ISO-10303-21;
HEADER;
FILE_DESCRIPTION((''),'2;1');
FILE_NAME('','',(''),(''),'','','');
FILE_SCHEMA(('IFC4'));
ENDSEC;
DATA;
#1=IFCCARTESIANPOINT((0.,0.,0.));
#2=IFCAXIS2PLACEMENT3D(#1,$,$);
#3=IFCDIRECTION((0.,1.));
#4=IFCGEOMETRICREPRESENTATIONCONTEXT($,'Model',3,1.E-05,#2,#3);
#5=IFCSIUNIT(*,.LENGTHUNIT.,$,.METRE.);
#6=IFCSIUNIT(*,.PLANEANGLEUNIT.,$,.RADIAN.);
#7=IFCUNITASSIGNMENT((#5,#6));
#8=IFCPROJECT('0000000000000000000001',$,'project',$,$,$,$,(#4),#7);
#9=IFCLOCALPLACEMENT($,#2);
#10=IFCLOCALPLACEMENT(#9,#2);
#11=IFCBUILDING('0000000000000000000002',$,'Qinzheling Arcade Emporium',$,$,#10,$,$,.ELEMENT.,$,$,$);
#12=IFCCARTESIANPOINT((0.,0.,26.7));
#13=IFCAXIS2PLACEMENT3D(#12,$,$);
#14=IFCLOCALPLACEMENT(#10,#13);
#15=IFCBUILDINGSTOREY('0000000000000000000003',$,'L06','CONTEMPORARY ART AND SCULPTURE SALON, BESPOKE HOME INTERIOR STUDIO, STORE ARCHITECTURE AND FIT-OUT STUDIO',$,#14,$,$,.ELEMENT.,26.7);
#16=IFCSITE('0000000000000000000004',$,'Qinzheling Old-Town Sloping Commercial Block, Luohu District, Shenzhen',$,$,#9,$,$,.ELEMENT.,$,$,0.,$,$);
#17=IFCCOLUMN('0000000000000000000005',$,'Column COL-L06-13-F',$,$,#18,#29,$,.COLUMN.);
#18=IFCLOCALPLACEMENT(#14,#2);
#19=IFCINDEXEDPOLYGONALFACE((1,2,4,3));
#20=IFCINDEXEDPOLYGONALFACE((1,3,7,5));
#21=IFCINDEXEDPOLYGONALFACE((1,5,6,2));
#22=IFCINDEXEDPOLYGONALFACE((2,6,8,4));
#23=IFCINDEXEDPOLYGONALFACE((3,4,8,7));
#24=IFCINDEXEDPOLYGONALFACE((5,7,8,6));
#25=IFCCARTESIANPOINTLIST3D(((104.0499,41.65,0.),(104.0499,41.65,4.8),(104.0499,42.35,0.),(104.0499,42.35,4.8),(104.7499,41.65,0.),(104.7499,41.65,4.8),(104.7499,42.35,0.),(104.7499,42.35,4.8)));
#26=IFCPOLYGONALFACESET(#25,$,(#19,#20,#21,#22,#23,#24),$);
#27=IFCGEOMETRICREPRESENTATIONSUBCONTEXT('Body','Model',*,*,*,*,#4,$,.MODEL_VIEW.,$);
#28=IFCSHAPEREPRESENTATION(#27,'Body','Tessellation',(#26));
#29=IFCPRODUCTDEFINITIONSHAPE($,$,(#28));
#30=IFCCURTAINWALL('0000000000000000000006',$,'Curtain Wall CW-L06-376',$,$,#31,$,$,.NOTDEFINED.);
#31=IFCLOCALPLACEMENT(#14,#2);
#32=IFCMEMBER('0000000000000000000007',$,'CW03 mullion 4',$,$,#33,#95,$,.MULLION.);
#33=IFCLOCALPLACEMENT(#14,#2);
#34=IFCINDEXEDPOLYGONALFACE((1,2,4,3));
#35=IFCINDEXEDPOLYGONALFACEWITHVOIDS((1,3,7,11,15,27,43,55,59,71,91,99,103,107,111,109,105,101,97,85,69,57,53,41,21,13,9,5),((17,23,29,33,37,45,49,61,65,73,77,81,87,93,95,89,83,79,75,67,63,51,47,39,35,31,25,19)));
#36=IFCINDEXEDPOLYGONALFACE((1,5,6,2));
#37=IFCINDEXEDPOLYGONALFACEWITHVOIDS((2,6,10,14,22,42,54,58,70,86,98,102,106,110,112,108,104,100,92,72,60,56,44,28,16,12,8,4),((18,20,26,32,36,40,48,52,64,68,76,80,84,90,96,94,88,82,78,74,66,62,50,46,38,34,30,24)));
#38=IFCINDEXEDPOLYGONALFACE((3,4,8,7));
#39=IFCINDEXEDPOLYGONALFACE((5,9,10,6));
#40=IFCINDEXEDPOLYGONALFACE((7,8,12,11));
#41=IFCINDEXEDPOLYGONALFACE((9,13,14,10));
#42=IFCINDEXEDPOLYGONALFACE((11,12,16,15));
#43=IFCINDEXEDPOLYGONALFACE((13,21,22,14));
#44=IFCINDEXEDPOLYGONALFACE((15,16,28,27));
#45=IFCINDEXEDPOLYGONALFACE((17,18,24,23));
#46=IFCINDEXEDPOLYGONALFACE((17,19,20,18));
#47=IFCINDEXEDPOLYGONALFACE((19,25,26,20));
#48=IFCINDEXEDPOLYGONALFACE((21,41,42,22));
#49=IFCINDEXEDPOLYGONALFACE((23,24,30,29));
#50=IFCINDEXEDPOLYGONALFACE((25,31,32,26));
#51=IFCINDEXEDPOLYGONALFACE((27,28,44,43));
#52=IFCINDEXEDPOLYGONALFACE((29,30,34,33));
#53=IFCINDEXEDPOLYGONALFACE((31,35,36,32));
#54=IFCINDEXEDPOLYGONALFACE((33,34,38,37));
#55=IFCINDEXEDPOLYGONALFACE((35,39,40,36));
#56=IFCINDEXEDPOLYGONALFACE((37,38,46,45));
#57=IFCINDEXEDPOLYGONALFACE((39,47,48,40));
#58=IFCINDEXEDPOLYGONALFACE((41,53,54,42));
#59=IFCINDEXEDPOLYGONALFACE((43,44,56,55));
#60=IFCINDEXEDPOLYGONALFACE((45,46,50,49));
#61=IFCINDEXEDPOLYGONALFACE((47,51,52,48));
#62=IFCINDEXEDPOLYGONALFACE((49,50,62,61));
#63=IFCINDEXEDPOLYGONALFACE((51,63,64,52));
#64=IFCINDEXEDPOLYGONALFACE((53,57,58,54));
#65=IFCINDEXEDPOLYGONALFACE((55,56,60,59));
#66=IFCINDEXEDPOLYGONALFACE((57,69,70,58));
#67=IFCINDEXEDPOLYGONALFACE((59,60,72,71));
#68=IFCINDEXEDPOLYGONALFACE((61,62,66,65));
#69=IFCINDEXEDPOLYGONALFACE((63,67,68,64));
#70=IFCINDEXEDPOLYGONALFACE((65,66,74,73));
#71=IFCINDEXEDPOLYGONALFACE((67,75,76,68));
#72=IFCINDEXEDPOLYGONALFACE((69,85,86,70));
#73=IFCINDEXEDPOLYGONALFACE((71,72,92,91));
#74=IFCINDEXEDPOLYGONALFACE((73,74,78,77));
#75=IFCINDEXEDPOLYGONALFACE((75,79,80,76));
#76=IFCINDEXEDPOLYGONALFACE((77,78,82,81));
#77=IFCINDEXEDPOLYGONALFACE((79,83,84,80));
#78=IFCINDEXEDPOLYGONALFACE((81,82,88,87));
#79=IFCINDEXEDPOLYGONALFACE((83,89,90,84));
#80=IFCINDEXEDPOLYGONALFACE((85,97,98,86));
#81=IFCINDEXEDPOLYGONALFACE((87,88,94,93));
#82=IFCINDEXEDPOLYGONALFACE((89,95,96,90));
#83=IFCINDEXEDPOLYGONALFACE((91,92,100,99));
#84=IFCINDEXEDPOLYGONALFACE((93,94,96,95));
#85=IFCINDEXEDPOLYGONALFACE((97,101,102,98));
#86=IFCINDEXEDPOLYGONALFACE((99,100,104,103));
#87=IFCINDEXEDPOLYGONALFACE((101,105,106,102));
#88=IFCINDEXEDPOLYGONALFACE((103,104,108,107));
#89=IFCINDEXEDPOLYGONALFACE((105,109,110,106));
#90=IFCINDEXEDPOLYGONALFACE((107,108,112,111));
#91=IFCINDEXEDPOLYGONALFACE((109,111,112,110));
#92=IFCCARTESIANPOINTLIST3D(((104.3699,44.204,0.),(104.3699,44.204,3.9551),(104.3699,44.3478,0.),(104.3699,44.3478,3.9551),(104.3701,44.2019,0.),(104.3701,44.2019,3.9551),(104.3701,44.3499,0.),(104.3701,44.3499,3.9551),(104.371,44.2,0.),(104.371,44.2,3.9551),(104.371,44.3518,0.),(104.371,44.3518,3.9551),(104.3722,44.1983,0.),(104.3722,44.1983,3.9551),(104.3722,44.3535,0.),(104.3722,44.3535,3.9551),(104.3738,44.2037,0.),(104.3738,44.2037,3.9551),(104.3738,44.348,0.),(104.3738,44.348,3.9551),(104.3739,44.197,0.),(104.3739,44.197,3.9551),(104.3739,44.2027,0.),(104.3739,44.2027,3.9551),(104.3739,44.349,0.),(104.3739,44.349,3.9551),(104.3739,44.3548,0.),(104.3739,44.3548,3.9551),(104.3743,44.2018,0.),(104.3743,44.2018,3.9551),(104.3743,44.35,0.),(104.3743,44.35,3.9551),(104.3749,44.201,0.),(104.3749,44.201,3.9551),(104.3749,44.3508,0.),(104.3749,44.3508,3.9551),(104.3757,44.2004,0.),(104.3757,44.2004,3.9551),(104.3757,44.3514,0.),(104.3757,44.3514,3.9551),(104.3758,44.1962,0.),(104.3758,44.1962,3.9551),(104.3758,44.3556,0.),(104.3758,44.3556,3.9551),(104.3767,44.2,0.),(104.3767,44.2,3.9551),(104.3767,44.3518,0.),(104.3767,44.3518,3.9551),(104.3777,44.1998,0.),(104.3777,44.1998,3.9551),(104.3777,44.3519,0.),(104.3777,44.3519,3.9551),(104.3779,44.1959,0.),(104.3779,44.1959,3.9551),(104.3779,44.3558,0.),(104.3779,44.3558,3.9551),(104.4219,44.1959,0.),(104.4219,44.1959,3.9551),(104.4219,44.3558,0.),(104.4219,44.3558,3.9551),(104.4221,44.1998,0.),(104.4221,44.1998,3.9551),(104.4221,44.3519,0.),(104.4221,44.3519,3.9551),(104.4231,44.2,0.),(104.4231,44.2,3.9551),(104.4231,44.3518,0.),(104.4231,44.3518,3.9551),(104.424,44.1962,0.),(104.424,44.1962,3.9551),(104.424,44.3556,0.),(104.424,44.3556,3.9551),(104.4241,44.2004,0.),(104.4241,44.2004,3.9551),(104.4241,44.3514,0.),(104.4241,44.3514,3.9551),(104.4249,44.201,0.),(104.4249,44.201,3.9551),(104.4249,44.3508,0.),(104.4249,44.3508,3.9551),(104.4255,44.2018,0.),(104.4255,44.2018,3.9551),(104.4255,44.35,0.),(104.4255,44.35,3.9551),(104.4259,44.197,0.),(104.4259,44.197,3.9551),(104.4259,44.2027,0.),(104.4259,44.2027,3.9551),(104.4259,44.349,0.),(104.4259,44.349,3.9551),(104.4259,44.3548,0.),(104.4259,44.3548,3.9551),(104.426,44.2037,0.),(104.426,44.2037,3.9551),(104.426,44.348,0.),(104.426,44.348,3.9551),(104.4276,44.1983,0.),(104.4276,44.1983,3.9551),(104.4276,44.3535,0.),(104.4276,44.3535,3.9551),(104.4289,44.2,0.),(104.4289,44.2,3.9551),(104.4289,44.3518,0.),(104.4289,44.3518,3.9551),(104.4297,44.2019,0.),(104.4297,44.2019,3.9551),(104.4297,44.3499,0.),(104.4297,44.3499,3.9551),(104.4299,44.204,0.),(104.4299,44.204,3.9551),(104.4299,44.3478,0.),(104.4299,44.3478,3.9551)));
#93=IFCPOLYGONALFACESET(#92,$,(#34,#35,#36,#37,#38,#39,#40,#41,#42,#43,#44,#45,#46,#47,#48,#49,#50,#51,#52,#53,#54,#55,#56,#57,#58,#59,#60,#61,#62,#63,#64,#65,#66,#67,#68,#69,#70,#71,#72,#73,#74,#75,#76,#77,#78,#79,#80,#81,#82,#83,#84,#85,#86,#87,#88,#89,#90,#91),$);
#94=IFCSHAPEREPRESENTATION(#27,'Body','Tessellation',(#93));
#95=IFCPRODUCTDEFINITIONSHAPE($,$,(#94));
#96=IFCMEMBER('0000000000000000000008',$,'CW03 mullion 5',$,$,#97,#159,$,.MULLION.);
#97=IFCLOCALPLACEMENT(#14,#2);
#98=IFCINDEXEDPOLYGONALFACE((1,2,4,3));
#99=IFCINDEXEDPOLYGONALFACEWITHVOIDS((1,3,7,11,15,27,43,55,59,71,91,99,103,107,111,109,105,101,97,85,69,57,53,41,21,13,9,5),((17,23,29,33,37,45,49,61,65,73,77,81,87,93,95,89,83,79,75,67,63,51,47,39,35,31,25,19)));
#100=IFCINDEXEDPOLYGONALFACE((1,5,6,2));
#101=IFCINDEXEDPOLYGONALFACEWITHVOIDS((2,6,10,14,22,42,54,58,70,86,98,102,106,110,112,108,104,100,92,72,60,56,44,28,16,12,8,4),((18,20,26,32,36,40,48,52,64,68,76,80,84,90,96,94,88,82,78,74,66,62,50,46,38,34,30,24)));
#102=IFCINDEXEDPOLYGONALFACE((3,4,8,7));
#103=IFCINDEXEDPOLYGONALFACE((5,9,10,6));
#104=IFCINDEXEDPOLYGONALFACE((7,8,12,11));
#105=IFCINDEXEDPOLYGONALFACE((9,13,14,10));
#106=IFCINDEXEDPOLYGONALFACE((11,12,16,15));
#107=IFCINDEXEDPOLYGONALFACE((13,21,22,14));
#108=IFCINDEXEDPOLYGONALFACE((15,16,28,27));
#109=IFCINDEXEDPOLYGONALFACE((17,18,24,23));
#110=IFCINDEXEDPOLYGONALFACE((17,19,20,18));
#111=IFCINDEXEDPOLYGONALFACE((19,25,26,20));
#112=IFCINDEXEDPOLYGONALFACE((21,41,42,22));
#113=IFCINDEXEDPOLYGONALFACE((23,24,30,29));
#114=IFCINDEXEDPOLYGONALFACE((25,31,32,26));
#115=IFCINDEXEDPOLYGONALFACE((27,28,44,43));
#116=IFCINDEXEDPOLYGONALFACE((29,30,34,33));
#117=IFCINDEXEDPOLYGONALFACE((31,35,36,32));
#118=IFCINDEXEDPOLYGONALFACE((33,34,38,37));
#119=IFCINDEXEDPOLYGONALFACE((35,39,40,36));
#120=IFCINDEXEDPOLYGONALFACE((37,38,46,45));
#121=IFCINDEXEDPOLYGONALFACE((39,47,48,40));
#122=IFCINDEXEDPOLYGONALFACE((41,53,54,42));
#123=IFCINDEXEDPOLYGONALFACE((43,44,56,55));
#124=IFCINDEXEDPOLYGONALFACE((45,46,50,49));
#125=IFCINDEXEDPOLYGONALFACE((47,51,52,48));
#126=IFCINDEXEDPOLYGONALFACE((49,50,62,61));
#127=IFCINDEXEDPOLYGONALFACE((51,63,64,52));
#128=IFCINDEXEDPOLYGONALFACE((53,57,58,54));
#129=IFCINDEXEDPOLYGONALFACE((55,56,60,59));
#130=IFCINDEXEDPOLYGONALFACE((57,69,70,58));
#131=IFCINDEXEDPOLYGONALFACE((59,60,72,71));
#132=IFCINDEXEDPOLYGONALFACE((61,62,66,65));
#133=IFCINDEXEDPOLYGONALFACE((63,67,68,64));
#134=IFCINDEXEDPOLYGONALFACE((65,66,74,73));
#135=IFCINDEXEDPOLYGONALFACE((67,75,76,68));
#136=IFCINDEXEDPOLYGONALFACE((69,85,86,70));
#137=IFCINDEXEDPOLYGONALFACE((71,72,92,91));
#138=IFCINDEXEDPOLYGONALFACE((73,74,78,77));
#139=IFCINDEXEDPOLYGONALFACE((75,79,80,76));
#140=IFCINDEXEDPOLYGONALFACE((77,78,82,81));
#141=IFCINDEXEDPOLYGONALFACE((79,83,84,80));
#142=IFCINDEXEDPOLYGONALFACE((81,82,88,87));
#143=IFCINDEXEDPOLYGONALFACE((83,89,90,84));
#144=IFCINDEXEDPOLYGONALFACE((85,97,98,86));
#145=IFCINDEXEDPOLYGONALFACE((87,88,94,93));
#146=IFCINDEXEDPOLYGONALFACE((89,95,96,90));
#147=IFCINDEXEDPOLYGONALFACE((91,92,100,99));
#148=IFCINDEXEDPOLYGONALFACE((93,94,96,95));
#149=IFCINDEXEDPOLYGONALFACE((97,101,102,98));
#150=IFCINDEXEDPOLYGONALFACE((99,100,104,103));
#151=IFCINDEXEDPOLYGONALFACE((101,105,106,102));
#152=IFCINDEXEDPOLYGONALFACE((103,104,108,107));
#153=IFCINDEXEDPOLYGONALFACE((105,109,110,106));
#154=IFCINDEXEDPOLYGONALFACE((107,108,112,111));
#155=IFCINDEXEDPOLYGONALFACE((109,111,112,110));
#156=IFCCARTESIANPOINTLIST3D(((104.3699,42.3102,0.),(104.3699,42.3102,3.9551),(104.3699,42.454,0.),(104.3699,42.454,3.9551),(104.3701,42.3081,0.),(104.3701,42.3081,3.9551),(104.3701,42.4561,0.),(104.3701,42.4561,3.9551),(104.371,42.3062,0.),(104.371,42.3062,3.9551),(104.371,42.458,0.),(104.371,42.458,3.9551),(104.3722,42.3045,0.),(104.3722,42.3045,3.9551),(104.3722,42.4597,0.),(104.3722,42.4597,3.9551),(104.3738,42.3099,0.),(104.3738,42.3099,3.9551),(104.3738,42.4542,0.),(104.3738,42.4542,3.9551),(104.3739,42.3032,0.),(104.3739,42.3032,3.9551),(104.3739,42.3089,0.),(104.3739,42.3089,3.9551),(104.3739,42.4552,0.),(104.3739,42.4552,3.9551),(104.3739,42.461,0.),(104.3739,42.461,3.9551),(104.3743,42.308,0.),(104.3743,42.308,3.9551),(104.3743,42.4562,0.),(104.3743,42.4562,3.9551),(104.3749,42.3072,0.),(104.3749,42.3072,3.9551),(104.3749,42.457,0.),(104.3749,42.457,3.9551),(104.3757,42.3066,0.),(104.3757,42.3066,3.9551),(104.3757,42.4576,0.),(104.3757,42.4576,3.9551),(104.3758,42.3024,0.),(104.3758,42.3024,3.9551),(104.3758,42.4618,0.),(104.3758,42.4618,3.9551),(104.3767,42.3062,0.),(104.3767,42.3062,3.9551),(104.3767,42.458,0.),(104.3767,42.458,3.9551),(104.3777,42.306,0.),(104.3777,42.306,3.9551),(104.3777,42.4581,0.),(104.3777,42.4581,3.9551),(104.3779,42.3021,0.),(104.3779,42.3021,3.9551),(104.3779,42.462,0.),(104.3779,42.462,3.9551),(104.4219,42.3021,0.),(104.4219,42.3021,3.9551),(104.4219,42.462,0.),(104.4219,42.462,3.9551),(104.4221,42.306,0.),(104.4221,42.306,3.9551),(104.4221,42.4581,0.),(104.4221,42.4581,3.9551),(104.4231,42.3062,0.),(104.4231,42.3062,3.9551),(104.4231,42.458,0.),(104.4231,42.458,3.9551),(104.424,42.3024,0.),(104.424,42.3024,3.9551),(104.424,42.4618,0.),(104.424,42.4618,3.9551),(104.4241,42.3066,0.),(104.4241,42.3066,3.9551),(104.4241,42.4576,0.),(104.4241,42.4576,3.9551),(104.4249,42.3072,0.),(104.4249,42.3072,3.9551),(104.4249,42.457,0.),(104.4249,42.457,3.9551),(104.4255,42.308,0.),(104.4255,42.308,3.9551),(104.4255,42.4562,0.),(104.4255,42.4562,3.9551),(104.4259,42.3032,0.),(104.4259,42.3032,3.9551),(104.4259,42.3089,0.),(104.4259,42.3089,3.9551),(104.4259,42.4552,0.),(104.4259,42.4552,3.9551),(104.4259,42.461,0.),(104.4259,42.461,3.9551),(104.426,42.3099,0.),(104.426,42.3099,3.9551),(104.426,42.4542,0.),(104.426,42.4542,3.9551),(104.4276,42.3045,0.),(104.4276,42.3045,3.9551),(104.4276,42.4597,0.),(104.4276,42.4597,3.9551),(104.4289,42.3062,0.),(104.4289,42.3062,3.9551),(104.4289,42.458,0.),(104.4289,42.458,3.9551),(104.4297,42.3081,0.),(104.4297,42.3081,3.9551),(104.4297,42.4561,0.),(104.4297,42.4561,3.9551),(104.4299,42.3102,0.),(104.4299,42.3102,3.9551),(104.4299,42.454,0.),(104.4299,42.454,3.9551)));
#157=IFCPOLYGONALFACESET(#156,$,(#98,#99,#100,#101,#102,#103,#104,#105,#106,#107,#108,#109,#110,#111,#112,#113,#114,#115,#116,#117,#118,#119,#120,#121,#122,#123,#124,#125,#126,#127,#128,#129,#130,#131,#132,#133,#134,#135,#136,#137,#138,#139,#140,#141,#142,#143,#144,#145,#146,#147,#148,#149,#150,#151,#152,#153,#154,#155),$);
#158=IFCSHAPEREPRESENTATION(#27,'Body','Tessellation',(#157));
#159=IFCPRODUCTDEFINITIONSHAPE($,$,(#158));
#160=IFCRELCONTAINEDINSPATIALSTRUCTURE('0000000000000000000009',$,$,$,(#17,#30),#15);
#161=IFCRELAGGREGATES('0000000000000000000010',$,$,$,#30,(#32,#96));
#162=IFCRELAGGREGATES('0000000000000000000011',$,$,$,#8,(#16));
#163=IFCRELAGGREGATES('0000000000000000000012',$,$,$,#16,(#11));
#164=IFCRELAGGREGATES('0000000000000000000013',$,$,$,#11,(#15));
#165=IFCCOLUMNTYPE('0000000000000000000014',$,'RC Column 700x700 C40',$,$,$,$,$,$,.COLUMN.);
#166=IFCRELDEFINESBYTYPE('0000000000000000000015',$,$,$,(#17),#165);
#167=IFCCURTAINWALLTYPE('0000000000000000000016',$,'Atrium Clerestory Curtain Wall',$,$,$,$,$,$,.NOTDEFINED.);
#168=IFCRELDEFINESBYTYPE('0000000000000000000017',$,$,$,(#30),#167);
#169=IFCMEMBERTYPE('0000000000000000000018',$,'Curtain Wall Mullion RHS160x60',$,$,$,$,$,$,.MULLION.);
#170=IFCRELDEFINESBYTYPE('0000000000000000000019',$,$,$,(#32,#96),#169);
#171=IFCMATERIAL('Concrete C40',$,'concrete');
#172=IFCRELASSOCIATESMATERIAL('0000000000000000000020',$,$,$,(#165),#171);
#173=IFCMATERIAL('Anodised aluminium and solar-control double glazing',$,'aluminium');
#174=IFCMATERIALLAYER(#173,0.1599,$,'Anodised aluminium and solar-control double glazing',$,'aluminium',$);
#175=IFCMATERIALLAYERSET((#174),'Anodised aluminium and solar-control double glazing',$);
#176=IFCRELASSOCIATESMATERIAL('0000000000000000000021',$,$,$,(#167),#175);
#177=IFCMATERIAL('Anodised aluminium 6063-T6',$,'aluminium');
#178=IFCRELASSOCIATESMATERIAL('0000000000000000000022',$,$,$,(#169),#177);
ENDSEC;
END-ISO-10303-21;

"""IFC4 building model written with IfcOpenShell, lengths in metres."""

from ifc_helpers import new_model, si_unit, direction, frame, origin, origin_2d, place, context, subcontext, project, spatial, rectangle, hollow_rectangle, extrude, material, layer, layer_set, material_profile, profile_set, type_object, element, aggregate, save


model = new_model("IFC4")

# Units and contexts
model_context = context("Model", 3, precision=1e-05, world=origin(), true_north=direction((0.0, 1.0)))
body_context = subcontext(model_context, "Body", "Model", "MODEL_VIEW")
ifc_project = project(units=[si_unit("LENGTHUNIT", "METRE"), si_unit("PLANEANGLEUNIT", "RADIAN")], contexts=[model_context])

# Site, building, storey
site_placement = place(None, origin())
site = spatial("IfcSite", under=ifc_project, at=site_placement, Name="Qinzheling Old-Town Sloping Commercial Block, Luohu District, Shenzhen", CompositionType="ELEMENT", RefElevation=0.0)
building_placement = place(site_placement, origin())
building = spatial("IfcBuilding", under=site, at=building_placement, Name="Qinzheling Arcade Emporium", CompositionType="ELEMENT")
storey_placement = place(building_placement, frame((0.0, 0.0, 26.7)))
storey = spatial("IfcBuildingStorey", under=building, at=storey_placement, Name="L06", Description="CONTEMPORARY ART AND SCULPTURE SALON, BESPOKE HOME INTERIOR STUDIO, STORE ARCHITECTURE AND FIT-OUT STUDIO", CompositionType="ELEMENT", Elevation=26.7)

# Column
ifc_material_1 = material(Name="Concrete C40", Category="concrete")
ifc_material_profile_1 = material_profile(ifc_material_1, rectangle(XDim=0.7, YDim=0.7, at=origin_2d()), Name="RC 700x700", Category="concrete")
ifc_profile_set_1 = profile_set([ifc_material_profile_1], Name="Concrete C40")
column_type = type_object("IfcColumnType", Name="RC Column 700x700 C40", PredefinedType="COLUMN", material=ifc_profile_set_1)
column_placement = place(storey_placement, frame((104.3999, 42.0, 0.0), z_axis=(0.0, 0.0, 1.0), x_axis=(1.0, 0.0, 0.0)))
element("IfcColumn", 1, at=column_placement, inside=storey, type_object=column_type, Name="Column COL-L06-13-F", PredefinedType="COLUMN", context=body_context, shape_type="SweptSolid", body=[
    extrude(rectangle(XDim=0.7, YDim=0.7, at=origin_2d()), origin(), (0.0, 0.0, 1.0), 4.8),
])

# Curtain wall, members
ifc_material_2 = material(Name="Anodised aluminium and solar-control double glazing", Category="aluminium")
ifc_layer_1 = layer(ifc_material_2, 0.1599, Name="Anodised aluminium and solar-control double glazing", Category="aluminium")
ifc_layer_set_1 = layer_set([ifc_layer_1], Name="Anodised aluminium and solar-control double glazing")
curtain_wall_type = type_object("IfcCurtainWallType", Name="Atrium Clerestory Curtain Wall", PredefinedType="NOTDEFINED", material=ifc_layer_set_1)
curtain_wall_1_placement = place(storey_placement, origin())
curtain_wall_1 = element("IfcCurtainWall", 2, at=curtain_wall_1_placement, inside=storey, type_object=curtain_wall_type, Name="Curtain Wall CW-L06-376", PredefinedType="NOTDEFINED")
ifc_material_3 = material(Name="Anodised aluminium 6063-T6", Category="aluminium")
ifc_material_profile_2 = material_profile(ifc_material_3, hollow_rectangle(XDim=0.0601, YDim=0.1599, WallThickness=0.0039, InnerFilletRadius=0.0039, OuterFilletRadius=0.0081, at=origin_2d()), Name="RHS 160x60x4", Category="aluminium")
ifc_profile_set_2 = profile_set([ifc_material_profile_2], Name="Anodised aluminium 6063-T6")
member_type_1 = type_object("IfcMemberType", Name="Curtain Wall Mullion RHS160x60", PredefinedType="MULLION", material=ifc_profile_set_2)
member_1_placement = place(storey_placement, frame((104.3999, 44.2759, 0.0), z_axis=(0.0, 0.0, 1.0), x_axis=(1.0, 0.0, 0.0)))
member_1 = element("IfcMember", 3, at=member_1_placement, type_object=member_type_1, Name="CW03 mullion 4", PredefinedType="MULLION", context=body_context, shape_type="SweptSolid", body=[
    extrude(hollow_rectangle(XDim=0.0601, YDim=0.1599, WallThickness=0.0039, InnerFilletRadius=0.0039, OuterFilletRadius=0.0081, at=origin_2d()), origin(), (0.0, 0.0, 1.0), 3.9551),
])
member_2_placement = place(storey_placement, frame((104.3999, 42.3821, 0.0), z_axis=(0.0, 0.0, 1.0), x_axis=(1.0, 0.0, 0.0)))
member_2 = element("IfcMember", 4, at=member_2_placement, type_object=member_type_1, Name="CW03 mullion 5", PredefinedType="MULLION", context=body_context, shape_type="SweptSolid", body=[
    extrude(hollow_rectangle(XDim=0.0601, YDim=0.1599, WallThickness=0.0039, InnerFilletRadius=0.0039, OuterFilletRadius=0.0081, at=origin_2d()), origin(), (0.0, 0.0, 1.0), 3.9551),
])

aggregate(curtain_wall_1, [member_1, member_2])

save(model, "model.ifc")
